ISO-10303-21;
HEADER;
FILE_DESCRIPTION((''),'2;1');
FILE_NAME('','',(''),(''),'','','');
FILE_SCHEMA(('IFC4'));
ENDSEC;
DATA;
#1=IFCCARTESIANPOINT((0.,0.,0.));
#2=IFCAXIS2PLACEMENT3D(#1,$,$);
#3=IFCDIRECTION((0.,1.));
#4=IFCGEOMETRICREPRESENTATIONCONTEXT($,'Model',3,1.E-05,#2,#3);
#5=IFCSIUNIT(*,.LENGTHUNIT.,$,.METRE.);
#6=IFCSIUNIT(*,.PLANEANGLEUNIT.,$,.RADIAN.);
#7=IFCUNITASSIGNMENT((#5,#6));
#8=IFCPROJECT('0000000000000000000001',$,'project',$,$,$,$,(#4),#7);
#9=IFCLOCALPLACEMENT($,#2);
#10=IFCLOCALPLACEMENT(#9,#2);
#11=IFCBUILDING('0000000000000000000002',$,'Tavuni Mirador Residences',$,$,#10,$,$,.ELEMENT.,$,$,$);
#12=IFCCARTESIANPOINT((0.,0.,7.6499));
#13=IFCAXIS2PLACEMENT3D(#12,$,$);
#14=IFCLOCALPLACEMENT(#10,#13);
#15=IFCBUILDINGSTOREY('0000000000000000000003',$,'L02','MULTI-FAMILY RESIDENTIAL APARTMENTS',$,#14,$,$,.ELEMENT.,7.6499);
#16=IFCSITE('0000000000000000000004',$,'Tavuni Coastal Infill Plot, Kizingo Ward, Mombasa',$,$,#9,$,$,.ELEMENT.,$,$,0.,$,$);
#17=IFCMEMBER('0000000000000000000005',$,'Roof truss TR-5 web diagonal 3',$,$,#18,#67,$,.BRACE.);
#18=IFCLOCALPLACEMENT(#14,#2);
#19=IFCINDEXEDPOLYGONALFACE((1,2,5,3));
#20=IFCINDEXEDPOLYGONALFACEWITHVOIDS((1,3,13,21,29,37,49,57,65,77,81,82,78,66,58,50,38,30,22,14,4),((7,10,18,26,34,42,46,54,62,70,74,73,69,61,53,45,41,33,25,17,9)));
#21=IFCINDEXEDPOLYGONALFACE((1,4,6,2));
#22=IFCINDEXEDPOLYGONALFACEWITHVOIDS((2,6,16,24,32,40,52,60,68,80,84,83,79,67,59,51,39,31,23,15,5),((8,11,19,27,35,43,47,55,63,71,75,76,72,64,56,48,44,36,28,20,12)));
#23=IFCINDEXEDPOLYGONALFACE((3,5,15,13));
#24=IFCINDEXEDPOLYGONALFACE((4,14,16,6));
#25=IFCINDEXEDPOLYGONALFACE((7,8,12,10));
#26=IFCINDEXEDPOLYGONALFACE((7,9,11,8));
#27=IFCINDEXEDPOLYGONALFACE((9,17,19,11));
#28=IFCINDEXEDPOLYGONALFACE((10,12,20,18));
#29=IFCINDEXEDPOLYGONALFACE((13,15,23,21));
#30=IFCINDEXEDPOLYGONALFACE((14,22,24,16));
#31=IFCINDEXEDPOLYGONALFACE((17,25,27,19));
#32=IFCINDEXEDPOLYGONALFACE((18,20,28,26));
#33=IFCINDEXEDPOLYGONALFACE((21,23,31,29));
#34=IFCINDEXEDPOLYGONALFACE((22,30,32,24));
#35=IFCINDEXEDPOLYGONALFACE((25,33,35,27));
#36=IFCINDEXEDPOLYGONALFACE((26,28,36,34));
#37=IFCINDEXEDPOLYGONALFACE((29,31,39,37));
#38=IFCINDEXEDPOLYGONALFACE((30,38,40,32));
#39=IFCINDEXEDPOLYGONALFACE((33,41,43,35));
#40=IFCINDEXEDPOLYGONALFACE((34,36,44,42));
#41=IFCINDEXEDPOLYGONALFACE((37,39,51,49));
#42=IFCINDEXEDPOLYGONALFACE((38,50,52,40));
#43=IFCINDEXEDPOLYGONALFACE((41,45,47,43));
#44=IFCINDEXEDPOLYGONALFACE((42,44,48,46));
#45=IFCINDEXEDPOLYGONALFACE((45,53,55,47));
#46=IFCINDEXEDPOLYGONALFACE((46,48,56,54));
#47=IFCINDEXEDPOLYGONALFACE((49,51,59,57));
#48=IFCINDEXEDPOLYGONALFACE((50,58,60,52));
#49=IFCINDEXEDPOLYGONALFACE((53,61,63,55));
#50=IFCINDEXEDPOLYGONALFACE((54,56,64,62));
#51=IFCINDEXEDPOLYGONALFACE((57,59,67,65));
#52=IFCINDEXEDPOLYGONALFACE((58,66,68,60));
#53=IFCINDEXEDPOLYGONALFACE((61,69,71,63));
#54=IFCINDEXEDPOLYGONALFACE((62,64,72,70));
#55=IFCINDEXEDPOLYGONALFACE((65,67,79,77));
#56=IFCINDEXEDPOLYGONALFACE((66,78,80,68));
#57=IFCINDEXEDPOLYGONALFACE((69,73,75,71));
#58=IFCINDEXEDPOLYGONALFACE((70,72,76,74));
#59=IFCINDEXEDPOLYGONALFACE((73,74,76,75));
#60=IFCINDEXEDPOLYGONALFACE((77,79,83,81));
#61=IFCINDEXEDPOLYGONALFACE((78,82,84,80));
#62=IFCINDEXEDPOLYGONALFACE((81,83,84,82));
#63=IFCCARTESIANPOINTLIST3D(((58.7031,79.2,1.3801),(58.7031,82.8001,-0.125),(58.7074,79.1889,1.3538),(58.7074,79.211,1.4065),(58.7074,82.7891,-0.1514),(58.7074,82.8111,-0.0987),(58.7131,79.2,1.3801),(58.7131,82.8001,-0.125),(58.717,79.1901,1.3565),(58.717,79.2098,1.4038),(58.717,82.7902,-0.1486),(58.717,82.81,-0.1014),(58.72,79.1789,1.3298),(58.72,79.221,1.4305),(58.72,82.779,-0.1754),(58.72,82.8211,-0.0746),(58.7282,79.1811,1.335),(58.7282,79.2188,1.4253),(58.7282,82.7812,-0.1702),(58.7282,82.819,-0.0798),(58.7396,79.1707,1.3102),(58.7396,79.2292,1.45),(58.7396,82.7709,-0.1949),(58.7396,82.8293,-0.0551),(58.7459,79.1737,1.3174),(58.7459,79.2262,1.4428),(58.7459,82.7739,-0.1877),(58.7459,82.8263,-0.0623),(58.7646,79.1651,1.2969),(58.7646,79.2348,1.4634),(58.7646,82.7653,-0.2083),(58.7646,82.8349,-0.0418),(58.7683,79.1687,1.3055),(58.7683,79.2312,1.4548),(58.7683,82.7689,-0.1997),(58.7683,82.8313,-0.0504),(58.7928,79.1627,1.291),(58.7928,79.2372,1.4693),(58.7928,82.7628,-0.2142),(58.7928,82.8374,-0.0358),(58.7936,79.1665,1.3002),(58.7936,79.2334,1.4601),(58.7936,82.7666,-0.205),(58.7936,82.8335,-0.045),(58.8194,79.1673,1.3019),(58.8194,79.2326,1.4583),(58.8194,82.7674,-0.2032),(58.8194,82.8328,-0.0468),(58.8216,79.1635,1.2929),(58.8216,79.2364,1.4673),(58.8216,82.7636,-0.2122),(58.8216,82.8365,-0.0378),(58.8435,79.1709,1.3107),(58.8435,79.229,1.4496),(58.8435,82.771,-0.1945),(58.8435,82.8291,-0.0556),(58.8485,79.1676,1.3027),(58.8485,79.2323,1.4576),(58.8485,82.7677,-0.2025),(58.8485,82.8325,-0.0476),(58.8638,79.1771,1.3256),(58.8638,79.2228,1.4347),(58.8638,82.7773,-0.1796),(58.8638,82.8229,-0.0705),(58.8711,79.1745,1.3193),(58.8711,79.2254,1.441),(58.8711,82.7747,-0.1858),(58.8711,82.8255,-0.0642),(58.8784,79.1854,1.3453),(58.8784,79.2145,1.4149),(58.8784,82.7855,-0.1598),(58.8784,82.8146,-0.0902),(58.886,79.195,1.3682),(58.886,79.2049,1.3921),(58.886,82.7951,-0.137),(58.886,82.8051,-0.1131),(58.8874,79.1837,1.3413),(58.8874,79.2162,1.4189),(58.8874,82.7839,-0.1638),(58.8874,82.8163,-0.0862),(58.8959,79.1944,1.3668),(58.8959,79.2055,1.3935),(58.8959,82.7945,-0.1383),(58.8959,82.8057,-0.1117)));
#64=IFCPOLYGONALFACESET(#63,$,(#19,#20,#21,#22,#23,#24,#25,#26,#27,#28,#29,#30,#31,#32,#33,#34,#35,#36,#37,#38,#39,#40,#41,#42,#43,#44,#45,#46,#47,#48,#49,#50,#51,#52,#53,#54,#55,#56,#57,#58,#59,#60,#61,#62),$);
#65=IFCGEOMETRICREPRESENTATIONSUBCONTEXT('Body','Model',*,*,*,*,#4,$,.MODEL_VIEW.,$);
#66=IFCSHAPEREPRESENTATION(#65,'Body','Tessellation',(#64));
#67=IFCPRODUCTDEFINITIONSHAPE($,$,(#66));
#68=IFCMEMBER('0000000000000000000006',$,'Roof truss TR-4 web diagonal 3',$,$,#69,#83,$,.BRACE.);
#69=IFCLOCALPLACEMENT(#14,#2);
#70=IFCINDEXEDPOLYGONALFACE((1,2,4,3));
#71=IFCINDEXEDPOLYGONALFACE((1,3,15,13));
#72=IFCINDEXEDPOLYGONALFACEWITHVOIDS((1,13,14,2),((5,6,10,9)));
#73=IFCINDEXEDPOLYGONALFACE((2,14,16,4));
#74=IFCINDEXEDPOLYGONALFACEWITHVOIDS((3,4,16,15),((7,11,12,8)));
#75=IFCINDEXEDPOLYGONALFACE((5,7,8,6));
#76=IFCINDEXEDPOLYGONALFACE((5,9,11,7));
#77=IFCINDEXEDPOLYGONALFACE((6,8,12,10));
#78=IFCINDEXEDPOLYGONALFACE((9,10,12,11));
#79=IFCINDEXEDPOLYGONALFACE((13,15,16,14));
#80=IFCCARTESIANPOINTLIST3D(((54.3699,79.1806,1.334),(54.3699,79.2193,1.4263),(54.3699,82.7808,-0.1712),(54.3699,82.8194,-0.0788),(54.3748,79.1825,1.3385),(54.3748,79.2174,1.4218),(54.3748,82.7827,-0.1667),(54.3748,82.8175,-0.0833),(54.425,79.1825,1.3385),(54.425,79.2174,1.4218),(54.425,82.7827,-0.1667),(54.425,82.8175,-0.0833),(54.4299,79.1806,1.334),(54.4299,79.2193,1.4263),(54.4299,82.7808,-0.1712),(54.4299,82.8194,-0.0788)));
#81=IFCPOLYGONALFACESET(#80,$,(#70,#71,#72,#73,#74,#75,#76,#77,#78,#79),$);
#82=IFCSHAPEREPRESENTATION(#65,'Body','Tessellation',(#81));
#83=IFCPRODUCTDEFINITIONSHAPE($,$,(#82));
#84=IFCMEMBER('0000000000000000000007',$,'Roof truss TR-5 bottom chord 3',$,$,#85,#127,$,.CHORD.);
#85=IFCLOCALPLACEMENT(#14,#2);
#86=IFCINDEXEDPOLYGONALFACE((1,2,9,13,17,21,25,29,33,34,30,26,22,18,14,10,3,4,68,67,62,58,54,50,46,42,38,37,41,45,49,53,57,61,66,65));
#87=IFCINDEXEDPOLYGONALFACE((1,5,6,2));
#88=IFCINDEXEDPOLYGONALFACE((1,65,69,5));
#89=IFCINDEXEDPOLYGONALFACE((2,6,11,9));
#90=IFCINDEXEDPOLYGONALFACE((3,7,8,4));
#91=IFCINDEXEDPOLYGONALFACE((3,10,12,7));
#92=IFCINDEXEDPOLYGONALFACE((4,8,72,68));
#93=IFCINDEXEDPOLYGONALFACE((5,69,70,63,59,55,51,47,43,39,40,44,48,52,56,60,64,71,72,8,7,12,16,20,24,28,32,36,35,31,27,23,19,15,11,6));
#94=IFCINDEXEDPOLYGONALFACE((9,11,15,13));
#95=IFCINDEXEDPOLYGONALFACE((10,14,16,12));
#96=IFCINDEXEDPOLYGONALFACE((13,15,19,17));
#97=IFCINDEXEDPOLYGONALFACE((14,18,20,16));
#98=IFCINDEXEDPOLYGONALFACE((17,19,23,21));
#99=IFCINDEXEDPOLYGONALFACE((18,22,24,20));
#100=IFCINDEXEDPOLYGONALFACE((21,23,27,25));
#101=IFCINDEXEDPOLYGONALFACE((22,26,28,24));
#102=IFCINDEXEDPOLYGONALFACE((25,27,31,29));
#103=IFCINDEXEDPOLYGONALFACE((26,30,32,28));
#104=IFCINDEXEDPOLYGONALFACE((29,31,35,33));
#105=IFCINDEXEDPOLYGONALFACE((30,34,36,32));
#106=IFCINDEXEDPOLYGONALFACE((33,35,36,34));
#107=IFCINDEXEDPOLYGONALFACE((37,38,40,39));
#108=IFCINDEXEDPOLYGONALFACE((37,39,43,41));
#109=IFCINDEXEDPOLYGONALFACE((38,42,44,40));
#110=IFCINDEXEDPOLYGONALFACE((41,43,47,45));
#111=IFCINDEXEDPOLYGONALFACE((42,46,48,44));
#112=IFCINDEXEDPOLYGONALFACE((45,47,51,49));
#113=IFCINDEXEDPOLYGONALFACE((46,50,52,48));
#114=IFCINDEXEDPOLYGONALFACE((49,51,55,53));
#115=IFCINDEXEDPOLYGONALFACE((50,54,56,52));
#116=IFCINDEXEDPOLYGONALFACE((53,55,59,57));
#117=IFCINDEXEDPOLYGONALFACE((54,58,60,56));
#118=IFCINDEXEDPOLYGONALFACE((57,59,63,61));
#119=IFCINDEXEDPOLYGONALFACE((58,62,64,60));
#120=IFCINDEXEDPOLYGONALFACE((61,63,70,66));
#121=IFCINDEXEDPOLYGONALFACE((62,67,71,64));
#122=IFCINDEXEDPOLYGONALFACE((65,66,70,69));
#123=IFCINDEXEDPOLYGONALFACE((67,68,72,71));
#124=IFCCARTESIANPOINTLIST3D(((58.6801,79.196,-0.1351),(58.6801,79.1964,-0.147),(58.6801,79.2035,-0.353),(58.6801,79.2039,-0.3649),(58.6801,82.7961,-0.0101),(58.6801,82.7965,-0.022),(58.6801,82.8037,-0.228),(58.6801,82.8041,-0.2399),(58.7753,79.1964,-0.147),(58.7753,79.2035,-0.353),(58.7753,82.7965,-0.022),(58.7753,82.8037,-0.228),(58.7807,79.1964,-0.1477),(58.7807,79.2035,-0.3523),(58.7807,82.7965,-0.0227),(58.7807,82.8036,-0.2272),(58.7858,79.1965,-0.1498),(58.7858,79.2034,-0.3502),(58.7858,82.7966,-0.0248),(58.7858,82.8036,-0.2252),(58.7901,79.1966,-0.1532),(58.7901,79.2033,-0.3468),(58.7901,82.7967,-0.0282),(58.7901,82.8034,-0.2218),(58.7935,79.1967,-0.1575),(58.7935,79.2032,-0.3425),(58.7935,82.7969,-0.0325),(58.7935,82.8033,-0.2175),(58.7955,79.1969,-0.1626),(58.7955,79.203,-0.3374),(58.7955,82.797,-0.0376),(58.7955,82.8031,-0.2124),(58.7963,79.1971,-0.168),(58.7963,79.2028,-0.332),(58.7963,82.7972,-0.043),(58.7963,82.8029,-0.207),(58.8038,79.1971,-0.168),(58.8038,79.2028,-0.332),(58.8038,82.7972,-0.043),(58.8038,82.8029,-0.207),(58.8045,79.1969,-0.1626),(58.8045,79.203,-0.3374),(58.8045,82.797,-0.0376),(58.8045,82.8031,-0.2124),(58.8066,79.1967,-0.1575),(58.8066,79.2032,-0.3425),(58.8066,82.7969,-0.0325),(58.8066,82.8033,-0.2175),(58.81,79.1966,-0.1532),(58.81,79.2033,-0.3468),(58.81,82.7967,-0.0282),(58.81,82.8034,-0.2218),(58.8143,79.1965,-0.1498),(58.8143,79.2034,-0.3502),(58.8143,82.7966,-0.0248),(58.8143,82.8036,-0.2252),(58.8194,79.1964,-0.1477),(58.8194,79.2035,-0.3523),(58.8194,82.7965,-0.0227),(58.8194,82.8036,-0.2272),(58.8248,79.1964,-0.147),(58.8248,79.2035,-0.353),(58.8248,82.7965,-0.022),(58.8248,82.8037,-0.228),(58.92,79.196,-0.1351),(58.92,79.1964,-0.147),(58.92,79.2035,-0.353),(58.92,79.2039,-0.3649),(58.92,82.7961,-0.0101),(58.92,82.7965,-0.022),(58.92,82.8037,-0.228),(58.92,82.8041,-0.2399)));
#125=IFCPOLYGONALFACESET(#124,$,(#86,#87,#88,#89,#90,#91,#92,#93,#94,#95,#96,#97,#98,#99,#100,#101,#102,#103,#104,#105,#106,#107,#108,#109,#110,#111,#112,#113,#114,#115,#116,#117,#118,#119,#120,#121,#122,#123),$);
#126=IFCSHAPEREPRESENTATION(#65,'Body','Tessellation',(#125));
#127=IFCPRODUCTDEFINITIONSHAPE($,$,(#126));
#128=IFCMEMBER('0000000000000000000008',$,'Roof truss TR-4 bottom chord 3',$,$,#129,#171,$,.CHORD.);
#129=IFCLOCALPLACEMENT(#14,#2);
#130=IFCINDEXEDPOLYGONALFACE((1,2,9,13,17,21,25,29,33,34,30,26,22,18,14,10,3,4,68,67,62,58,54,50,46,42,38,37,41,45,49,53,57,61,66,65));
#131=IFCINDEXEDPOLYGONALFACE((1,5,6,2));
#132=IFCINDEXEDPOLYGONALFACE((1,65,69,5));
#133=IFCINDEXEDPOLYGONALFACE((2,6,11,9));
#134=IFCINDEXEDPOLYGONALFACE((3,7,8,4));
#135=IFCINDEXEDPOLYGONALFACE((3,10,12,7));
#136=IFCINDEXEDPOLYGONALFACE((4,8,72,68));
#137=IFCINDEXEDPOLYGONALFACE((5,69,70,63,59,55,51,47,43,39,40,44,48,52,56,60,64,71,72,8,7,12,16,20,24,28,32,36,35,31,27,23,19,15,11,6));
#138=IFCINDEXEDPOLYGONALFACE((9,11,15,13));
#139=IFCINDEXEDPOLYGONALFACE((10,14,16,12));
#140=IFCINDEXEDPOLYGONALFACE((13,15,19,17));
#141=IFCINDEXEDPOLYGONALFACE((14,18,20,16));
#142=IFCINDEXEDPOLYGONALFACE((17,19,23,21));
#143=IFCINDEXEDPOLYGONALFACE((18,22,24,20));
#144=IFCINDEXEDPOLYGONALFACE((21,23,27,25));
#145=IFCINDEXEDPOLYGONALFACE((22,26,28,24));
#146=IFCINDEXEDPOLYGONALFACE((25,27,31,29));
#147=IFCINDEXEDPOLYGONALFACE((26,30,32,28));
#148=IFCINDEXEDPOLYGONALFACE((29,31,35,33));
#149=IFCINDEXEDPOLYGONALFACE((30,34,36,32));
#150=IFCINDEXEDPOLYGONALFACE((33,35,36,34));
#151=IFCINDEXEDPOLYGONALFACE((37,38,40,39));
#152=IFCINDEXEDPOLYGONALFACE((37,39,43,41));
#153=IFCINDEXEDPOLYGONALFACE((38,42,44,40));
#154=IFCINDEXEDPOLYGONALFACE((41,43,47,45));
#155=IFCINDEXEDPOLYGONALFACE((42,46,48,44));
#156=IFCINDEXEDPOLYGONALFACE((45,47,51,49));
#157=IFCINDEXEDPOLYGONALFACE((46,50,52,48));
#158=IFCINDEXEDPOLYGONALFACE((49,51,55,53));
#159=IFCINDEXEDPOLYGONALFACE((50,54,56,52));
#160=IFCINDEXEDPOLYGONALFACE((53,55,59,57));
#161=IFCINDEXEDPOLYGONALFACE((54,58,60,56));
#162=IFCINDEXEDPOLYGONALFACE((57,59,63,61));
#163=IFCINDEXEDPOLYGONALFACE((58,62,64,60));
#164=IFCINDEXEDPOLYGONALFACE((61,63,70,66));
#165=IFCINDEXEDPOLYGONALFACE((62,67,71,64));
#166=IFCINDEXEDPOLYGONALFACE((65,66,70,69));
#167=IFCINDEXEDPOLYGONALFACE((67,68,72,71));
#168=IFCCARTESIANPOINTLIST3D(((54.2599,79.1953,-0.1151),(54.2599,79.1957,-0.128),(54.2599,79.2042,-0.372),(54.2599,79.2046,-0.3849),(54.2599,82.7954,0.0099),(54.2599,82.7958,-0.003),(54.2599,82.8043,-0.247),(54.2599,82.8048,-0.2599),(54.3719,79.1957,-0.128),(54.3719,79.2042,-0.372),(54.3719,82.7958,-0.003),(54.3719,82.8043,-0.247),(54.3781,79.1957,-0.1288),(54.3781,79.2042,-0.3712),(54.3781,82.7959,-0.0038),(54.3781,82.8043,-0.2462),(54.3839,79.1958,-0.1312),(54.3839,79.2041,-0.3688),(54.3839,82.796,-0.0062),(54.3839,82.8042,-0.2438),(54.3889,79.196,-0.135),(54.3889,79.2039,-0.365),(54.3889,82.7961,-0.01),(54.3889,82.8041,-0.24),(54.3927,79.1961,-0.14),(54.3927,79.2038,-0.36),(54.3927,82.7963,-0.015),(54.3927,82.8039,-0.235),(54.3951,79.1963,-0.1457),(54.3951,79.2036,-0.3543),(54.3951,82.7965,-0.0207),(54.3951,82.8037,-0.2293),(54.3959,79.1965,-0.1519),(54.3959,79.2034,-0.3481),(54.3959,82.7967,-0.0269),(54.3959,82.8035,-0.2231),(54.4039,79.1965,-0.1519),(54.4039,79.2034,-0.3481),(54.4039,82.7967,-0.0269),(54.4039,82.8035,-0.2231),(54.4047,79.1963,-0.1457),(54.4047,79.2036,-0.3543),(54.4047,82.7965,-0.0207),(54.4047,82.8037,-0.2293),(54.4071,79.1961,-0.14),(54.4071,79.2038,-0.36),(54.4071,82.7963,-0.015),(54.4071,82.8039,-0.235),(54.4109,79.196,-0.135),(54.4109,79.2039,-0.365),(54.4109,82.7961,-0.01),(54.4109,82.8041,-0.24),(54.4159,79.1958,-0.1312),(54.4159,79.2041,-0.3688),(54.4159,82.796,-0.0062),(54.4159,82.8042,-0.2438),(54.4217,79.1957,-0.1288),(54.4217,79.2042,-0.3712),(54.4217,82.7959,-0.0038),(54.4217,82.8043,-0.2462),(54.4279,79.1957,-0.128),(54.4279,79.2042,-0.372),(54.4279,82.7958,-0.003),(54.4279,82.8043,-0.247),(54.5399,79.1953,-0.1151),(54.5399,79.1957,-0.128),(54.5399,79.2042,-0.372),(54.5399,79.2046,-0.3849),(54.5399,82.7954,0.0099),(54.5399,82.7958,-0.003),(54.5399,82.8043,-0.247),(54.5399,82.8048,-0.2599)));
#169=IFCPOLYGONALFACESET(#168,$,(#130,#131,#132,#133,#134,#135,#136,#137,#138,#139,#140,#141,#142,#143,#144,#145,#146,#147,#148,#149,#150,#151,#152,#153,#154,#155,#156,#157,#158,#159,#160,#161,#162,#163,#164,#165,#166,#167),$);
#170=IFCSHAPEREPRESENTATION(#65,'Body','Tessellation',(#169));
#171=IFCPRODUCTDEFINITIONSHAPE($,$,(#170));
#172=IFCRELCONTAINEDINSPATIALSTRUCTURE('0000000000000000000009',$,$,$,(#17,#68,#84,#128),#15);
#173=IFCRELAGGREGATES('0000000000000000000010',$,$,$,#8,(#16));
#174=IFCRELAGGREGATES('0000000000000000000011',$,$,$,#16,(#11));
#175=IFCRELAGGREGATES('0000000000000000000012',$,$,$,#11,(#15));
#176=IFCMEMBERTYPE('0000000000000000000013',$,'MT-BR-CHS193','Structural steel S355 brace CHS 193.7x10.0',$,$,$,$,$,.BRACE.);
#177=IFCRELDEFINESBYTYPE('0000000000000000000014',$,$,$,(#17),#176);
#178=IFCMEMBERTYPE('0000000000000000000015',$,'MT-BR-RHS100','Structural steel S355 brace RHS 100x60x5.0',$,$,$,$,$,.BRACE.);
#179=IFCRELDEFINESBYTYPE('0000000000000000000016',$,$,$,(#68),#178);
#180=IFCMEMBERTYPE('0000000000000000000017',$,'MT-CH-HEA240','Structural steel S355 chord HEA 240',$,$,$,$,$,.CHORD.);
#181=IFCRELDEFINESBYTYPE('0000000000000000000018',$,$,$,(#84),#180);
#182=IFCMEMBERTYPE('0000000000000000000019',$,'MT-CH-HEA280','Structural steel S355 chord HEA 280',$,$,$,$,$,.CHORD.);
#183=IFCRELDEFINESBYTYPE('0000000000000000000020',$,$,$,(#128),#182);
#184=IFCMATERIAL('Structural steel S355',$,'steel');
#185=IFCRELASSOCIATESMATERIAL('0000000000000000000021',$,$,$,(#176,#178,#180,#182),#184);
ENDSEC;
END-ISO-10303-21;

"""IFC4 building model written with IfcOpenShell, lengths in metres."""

from ifc_helpers import new_model, si_unit, direction, frame, origin, origin_2d, place, context, subcontext, project, spatial, hollow_rectangle, hollow_circle, i_section, extrude, material, material_profile, profile_set, type_object, element, save


model = new_model("IFC4")

# Units and contexts
model_context = context("Model", 3, precision=1e-05, world=origin(), true_north=direction((0.0, 1.0)))
body_context = subcontext(model_context, "Body", "Model", "MODEL_VIEW")
ifc_project = project(units=[si_unit("LENGTHUNIT", "METRE"), si_unit("PLANEANGLEUNIT", "RADIAN")], contexts=[model_context])

# Site, building, storey
site_placement = place(None, origin())
site = spatial("IfcSite", under=ifc_project, at=site_placement, Name="Tavuni Coastal Infill Plot, Kizingo Ward, Mombasa", CompositionType="ELEMENT", RefElevation=0.0)
building_placement = place(site_placement, origin())
building = spatial("IfcBuilding", under=site, at=building_placement, Name="Tavuni Mirador Residences", CompositionType="ELEMENT")
storey_placement = place(building_placement, frame((0.0, 0.0, 7.6499)))
storey = spatial("IfcBuildingStorey", under=building, at=storey_placement, Name="L02", Description="MULTI-FAMILY RESIDENTIAL APARTMENTS", CompositionType="ELEMENT", Elevation=7.6499)

# Members
ifc_material_1 = material(Name="Structural steel S355", Category="steel")
ifc_material_profile_1 = material_profile(ifc_material_1, hollow_circle(Radius=0.0969, WallThickness=0.01, at=origin_2d()), Name="CHS 193.7x10.0", Category="steel")
ifc_profile_set_1 = profile_set([ifc_material_profile_1], Name="Structural steel S355")
member_type_1 = type_object("IfcMemberType", Name="MT-BR-CHS193", Description="Structural steel S355 brace CHS 193.7x10.0", PredefinedType="BRACE", material=ifc_profile_set_1)
member_1_placement = place(storey_placement, frame((58.8, 79.2, 1.3801), z_axis=(0.0, 0.922613, -0.385726), x_axis=(-1.0, 0.0, 0.0)))
element("IfcMember", 1, at=member_1_placement, inside=storey, type_object=member_type_1, Name="Roof truss TR-5 web diagonal 3", PredefinedType="BRACE", context=body_context, shape_type="SweptSolid", body=[
    extrude(hollow_circle(Radius=0.0969, WallThickness=0.01, at=origin_2d()), origin(), (0.0, 0.0, 1.0), 3.9021),
])
ifc_material_profile_2 = material_profile(ifc_material_1, hollow_rectangle(XDim=0.0601, YDim=0.1001, WallThickness=0.0049, at=origin_2d()), Name="RHS 100x60x5.0", Category="steel")
ifc_profile_set_2 = profile_set([ifc_material_profile_2], Name="Structural steel S355")
member_type_2 = type_object("IfcMemberType", Name="MT-BR-RHS100", Description="Structural steel S355 brace RHS 100x60x5.0", PredefinedType="BRACE", material=ifc_profile_set_2)
member_2_placement = place(storey_placement, frame((54.3999, 79.2, 1.3801), z_axis=(0.0, 0.922613, -0.385726), x_axis=(-1.0, 0.0, 0.0)))
element("IfcMember", 2, at=member_2_placement, inside=storey, type_object=member_type_2, Name="Roof truss TR-4 web diagonal 3", PredefinedType="BRACE", context=body_context, shape_type="SweptSolid", body=[
    extrude(hollow_rectangle(XDim=0.0601, YDim=0.1001, WallThickness=0.0049, at=origin_2d()), origin(), (0.0, 0.0, 1.0), 3.9021),
])
ifc_material_profile_3 = material_profile(ifc_material_1, i_section(OverallWidth=0.24, OverallDepth=0.23, WebThickness=0.0076, FlangeThickness=0.012, FilletRadius=0.021, at=origin_2d()), Name="HEA 240", Category="steel")
ifc_profile_set_3 = profile_set([ifc_material_profile_3], Name="Structural steel S355")
member_type_3 = type_object("IfcMemberType", Name="MT-CH-HEA240", Description="Structural steel S355 chord HEA 240", PredefinedType="CHORD", material=ifc_profile_set_3)
member_3_placement = place(storey_placement, frame((58.8, 79.2, -0.25), z_axis=(0.0, 0.999398, 0.0347), x_axis=(-1.0, 0.0, 0.0)))
element("IfcMember", 3, at=member_3_placement, inside=storey, type_object=member_type_3, Name="Roof truss TR-5 bottom chord 3", PredefinedType="CHORD", context=body_context, shape_type="SweptSolid", body=[
    extrude(i_section(OverallWidth=0.24, OverallDepth=0.23, WebThickness=0.0076, FlangeThickness=0.012, FilletRadius=0.021, at=origin_2d()), origin(), (0.0, 0.0, 1.0), 3.6023),
])
ifc_material_profile_4 = material_profile(ifc_material_1, i_section(OverallWidth=0.28, OverallDepth=0.27, WebThickness=0.0081, FlangeThickness=0.0129, FilletRadius=0.0239, at=origin_2d()), Name="HEA 280", Category="steel")
ifc_profile_set_4 = profile_set([ifc_material_profile_4], Name="Structural steel S355")
member_type_4 = type_object("IfcMemberType", Name="MT-CH-HEA280", Description="Structural steel S355 chord HEA 280", PredefinedType="CHORD", material=ifc_profile_set_4)
member_4_placement = place(storey_placement, frame((54.3999, 79.2, -0.25), z_axis=(0.0, 0.999398, 0.0347), x_axis=(-1.0, 0.0, 0.0)))
element("IfcMember", 4, at=member_4_placement, inside=storey, type_object=member_type_4, Name="Roof truss TR-4 bottom chord 3", PredefinedType="CHORD", context=body_context, shape_type="SweptSolid", body=[
    extrude(i_section(OverallWidth=0.28, OverallDepth=0.27, WebThickness=0.0081, FlangeThickness=0.0129, FilletRadius=0.0239, at=origin_2d()), origin(), (0.0, 0.0, 1.0), 3.6023),
])

save(model, "model.ifc")
